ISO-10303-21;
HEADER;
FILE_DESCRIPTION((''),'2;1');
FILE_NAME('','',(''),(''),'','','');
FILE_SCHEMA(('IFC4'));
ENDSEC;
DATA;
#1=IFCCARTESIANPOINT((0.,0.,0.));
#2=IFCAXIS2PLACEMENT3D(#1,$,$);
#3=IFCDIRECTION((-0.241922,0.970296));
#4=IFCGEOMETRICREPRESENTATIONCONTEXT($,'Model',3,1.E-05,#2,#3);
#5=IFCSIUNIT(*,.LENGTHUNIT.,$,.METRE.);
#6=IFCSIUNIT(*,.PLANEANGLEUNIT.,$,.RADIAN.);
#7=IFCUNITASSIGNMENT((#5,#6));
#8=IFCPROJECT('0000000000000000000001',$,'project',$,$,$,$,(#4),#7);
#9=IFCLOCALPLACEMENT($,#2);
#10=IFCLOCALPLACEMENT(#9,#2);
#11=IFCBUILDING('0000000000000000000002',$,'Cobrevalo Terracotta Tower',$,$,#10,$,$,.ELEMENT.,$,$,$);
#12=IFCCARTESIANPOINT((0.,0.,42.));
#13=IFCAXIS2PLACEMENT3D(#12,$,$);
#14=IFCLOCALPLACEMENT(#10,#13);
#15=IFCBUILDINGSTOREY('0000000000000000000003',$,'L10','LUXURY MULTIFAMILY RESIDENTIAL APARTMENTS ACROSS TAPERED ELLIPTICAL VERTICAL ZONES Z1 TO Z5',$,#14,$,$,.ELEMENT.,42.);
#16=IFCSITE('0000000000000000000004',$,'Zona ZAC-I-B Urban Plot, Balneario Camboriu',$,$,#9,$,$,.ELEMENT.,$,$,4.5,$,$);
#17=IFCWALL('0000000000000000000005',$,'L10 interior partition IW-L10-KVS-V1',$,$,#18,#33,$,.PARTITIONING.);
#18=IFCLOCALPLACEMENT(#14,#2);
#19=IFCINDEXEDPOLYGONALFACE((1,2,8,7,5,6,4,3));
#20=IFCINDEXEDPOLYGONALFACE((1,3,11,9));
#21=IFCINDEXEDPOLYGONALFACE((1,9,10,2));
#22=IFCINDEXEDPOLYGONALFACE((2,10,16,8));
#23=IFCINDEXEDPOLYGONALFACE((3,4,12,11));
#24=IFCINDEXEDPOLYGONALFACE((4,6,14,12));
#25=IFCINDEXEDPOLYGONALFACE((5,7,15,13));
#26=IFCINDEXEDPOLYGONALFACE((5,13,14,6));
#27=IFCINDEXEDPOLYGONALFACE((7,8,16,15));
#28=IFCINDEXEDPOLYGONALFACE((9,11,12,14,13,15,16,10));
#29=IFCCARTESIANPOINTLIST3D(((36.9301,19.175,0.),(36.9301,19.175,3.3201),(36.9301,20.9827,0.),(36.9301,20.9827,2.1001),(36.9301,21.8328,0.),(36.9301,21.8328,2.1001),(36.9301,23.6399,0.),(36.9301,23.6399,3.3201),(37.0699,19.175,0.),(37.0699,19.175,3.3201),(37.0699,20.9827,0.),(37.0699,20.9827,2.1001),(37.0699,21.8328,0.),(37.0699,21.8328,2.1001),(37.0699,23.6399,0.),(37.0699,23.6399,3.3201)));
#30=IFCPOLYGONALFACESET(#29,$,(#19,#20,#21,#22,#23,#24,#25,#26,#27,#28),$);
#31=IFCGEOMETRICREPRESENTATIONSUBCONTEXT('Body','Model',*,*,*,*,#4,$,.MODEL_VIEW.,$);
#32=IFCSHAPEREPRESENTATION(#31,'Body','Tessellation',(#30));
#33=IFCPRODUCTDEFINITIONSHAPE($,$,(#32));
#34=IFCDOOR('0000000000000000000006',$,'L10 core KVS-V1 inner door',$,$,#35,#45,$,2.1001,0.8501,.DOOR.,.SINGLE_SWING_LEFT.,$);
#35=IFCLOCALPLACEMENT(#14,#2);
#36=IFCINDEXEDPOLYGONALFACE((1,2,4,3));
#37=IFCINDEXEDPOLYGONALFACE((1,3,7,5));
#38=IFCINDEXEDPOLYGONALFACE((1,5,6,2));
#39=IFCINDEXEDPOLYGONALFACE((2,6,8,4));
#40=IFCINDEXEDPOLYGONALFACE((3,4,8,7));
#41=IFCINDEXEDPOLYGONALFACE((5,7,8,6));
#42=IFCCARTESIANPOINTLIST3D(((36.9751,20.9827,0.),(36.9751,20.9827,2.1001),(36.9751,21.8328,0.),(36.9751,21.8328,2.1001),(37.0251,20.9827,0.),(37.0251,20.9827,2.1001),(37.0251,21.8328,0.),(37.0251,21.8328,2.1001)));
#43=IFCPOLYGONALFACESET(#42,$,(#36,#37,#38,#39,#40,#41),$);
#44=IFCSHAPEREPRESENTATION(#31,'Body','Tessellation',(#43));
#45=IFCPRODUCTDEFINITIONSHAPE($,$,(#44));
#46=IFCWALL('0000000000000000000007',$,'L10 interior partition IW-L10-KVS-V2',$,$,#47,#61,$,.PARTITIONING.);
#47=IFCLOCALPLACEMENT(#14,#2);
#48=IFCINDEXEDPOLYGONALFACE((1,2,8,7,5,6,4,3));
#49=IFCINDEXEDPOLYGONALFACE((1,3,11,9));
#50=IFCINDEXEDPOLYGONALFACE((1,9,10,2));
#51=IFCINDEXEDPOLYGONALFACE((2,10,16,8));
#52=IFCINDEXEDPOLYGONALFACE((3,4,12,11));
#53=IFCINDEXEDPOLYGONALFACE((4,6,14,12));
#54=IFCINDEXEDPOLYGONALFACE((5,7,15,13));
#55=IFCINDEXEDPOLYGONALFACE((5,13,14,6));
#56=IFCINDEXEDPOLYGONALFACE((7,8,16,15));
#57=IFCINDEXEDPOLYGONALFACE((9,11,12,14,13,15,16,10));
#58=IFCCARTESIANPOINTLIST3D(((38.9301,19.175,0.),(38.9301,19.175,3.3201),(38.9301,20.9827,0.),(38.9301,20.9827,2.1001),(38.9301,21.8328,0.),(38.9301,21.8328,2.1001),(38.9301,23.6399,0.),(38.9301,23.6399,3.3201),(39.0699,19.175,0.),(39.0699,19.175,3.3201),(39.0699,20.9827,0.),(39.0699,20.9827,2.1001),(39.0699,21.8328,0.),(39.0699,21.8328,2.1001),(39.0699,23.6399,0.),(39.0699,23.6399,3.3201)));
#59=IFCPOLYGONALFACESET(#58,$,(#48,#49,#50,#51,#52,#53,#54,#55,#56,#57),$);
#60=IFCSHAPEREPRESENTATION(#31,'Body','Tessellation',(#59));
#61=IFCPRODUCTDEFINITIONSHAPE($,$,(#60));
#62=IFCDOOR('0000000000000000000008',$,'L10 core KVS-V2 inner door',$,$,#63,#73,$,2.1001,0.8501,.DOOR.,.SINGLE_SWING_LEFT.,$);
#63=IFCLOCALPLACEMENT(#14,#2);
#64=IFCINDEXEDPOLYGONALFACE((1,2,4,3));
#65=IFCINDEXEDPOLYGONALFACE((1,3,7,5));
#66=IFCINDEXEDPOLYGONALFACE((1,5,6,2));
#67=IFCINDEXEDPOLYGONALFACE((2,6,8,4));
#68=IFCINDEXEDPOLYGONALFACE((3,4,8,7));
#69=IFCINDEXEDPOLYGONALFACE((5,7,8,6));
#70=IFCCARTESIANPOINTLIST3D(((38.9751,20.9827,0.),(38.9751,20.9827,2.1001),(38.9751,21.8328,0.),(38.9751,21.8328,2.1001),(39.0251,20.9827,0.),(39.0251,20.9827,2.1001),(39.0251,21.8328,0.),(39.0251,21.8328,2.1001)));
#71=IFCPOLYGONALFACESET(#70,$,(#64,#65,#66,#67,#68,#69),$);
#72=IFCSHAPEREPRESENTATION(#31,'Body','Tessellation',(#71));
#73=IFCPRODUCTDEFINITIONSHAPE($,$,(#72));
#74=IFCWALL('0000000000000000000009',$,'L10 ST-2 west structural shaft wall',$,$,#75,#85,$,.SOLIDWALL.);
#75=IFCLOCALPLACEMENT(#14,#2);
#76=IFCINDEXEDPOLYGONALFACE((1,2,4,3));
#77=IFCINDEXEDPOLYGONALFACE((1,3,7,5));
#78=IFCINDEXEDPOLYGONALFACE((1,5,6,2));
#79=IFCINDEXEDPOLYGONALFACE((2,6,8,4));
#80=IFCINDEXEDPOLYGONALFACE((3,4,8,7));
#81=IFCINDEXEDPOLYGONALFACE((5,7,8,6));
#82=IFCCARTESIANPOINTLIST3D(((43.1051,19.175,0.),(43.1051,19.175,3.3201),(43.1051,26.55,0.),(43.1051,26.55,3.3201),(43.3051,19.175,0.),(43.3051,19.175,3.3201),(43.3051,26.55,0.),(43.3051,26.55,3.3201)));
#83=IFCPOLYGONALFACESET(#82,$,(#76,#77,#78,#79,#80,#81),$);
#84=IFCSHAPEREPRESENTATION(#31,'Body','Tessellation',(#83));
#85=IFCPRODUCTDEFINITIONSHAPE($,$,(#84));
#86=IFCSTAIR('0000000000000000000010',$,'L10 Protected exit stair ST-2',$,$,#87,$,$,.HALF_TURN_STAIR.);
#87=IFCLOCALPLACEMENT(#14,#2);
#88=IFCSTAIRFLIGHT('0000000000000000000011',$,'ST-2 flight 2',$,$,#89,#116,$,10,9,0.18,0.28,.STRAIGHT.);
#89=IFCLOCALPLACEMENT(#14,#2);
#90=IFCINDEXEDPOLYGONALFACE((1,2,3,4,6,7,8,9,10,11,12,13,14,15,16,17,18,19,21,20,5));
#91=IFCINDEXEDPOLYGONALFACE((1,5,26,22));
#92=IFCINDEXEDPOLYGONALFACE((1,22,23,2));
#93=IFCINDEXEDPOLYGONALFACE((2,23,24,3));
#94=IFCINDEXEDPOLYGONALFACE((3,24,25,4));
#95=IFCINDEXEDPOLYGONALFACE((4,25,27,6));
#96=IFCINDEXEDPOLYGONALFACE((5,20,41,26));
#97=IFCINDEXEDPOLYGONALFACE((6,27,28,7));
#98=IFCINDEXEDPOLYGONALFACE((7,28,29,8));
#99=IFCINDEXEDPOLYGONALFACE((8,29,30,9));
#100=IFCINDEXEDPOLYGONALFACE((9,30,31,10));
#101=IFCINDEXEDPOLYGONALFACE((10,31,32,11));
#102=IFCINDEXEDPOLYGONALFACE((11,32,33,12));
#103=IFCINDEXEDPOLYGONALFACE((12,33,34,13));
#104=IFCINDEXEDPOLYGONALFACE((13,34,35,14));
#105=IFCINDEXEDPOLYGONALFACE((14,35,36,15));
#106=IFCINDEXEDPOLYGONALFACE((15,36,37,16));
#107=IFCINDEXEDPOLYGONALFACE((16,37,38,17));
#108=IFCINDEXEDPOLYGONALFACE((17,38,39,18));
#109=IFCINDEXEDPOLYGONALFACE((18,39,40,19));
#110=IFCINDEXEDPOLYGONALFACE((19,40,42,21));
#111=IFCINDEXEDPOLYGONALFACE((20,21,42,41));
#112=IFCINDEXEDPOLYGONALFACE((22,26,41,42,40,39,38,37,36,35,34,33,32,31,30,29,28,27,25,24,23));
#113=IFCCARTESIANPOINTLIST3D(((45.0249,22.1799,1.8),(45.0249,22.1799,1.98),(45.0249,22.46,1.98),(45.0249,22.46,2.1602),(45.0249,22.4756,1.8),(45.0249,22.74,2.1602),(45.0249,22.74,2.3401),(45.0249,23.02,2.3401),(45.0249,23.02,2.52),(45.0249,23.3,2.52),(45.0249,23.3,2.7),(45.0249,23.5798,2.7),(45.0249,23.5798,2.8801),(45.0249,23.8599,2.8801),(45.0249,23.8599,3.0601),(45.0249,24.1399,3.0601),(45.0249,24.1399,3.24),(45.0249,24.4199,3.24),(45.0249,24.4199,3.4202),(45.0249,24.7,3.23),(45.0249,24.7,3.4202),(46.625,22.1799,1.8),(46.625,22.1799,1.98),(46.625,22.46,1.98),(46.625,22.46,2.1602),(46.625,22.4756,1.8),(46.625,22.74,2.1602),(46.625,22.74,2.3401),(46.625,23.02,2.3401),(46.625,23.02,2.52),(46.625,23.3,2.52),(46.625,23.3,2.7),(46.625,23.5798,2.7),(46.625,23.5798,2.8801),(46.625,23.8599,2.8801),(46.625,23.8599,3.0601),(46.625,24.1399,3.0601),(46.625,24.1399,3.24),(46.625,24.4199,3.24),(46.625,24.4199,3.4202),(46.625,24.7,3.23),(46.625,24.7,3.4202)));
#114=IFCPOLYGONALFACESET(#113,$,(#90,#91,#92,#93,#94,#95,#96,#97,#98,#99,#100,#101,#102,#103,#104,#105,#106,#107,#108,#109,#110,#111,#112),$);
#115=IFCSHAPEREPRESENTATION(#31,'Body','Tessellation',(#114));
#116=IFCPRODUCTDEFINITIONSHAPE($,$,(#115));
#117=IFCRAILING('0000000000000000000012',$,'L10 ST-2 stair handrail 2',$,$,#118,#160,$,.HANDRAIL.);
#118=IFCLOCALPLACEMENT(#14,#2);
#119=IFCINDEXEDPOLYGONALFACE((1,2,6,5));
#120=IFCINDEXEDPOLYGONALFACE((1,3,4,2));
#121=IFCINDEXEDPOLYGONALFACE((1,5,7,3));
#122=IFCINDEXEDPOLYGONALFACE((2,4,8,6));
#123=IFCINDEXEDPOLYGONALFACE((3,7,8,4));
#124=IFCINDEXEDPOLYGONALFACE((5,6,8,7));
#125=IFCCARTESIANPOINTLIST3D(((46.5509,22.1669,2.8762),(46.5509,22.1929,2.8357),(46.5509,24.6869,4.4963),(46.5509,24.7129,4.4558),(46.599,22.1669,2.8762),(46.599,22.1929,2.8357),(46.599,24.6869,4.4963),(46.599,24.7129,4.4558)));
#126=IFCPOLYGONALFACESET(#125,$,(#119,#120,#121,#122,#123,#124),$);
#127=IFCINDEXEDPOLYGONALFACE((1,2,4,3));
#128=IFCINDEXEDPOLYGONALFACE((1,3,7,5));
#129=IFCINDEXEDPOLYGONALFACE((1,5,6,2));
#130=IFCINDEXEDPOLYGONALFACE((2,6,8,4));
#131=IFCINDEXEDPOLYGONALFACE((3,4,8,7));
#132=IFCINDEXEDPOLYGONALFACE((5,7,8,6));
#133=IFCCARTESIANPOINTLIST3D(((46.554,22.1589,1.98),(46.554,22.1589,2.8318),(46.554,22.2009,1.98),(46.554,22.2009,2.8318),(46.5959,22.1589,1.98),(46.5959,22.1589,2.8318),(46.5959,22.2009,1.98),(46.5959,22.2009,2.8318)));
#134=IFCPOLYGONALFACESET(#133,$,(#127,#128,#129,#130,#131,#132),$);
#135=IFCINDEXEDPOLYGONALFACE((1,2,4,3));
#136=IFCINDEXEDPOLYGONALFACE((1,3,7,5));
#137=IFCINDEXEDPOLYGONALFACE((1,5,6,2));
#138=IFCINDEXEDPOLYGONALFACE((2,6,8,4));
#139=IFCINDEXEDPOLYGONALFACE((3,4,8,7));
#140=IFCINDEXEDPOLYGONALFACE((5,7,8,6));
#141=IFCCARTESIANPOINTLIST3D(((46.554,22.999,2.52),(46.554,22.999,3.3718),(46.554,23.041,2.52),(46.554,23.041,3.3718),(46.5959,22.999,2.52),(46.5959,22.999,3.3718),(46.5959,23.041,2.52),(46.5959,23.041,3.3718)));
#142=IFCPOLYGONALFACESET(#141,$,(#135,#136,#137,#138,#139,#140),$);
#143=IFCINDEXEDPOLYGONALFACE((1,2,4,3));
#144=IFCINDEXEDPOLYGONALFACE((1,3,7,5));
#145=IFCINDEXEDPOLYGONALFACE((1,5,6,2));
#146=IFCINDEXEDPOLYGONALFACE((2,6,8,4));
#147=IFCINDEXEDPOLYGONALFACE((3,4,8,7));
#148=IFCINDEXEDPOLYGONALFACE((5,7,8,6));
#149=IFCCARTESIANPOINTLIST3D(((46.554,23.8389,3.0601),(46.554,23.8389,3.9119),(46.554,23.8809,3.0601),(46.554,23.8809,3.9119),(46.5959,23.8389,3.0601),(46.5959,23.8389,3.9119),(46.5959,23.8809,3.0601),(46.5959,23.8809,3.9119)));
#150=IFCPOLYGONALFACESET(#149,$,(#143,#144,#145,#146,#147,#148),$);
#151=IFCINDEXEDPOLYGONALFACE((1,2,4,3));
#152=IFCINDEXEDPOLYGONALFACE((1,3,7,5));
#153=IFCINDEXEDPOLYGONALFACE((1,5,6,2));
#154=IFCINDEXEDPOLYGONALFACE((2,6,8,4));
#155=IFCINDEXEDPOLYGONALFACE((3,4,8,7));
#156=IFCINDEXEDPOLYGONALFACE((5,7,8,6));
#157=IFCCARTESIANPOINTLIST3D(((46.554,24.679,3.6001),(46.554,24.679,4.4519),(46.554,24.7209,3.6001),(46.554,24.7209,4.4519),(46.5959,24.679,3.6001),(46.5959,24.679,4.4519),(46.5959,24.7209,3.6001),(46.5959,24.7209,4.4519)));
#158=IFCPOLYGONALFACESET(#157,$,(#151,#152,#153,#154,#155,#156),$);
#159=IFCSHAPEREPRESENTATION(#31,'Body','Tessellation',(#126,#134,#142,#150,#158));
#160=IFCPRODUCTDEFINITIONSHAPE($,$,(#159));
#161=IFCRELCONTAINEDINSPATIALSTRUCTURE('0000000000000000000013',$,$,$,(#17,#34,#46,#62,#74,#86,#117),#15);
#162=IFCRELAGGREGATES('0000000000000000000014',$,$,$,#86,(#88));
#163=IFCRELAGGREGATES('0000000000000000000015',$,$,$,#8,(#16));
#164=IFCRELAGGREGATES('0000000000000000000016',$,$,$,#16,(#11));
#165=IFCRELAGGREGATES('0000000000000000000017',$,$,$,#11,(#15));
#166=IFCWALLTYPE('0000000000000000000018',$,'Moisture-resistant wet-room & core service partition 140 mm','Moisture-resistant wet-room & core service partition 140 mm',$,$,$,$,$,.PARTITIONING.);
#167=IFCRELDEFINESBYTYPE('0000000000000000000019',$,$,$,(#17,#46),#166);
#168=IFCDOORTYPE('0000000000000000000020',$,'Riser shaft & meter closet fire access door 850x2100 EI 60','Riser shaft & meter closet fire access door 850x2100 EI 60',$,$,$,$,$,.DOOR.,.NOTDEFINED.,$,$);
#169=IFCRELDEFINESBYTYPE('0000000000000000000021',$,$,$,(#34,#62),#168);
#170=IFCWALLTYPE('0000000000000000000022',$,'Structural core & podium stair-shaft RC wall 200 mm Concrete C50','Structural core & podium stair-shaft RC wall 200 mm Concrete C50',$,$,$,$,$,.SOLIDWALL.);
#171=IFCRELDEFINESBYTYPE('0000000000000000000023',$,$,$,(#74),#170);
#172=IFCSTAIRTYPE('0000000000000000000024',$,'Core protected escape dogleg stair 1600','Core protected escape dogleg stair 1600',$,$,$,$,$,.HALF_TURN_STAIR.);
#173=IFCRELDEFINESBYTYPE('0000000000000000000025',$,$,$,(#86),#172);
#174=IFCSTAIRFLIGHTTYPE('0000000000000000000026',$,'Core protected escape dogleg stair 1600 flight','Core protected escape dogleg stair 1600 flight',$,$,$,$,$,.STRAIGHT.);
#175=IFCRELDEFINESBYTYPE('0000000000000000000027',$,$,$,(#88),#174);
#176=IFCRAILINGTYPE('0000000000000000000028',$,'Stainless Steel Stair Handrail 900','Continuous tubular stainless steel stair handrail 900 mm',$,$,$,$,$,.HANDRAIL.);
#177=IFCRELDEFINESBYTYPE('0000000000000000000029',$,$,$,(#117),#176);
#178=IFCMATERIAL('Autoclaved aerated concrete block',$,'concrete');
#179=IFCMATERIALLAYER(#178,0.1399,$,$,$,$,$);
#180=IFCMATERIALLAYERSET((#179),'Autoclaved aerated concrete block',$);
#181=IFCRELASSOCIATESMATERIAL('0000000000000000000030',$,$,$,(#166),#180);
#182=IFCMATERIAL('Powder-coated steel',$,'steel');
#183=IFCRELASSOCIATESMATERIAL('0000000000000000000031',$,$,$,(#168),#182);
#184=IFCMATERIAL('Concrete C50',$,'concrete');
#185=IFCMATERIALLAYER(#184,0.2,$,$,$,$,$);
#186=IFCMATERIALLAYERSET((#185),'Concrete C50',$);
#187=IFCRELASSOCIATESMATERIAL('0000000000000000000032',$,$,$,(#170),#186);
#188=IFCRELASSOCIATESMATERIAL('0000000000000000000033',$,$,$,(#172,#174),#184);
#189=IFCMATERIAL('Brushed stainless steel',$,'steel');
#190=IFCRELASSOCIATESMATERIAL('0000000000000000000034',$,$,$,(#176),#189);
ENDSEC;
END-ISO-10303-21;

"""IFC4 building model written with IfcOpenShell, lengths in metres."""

from ifc_helpers import new_model, si_unit, direction, frame, frame_2d, origin, origin_2d, place, context, subcontext, project, spatial, polyline, rectangle, outline, extrude, source, transform, mapped, material, layer, layer_set, type_object, element, fill, aggregate, save


model = new_model("IFC4")

# Units and contexts
model_context = context("Model", 3, precision=1e-05, world=origin(), true_north=direction((-0.241922, 0.970296)))
body_context = subcontext(model_context, "Body", "Model", "MODEL_VIEW")
ifc_project = project(units=[si_unit("LENGTHUNIT", "METRE"), si_unit("PLANEANGLEUNIT", "RADIAN")], contexts=[model_context])

# Site, building, storey
site_placement = place(None, origin())
site = spatial("IfcSite", under=ifc_project, at=site_placement, Name="Zona ZAC-I-B Urban Plot, Balneario Camboriu", CompositionType="ELEMENT", RefElevation=4.5)
building_placement = place(site_placement, origin())
building = spatial("IfcBuilding", under=site, at=building_placement, Name="Cobrevalo Terracotta Tower", CompositionType="ELEMENT")
storey_placement = place(building_placement, frame((0.0, 0.0, 42.0)))
storey = spatial("IfcBuildingStorey", under=building, at=storey_placement, Name="L10", Description="LUXURY MULTIFAMILY RESIDENTIAL APARTMENTS ACROSS TAPERED ELLIPTICAL VERTICAL ZONES Z1 TO Z5", CompositionType="ELEMENT", Elevation=42.0)

# Shared definitions
ifc_material_1 = material(Name="Autoclaved aerated concrete block", Category="concrete")

# Shared definitions
ifc_layer_1 = layer(ifc_material_1, 0.1399)
ifc_layer_set_1 = layer_set([ifc_layer_1], Name="Autoclaved aerated concrete block")
wall_type_1 = type_object("IfcWallType", Name="Moisture-resistant wet-room & core service partition 140 mm", Description="Moisture-resistant wet-room & core service partition 140 mm", PredefinedType="PARTITIONING", material=ifc_layer_set_1)

# Walls, openings, doors
wall_1_placement = place(storey_placement, frame((37.0, 19.175, 0.0), z_axis=(0.0, 0.0, 1.0), x_axis=(0.0, 1.0, 0.0)))
wall_1 = element("IfcWall", 1, at=wall_1_placement, inside=storey, type_object=wall_type_1, Name="L10 interior partition IW-L10-KVS-V1", PredefinedType="PARTITIONING", context=body_context, shape_type="SweptSolid", body=[
    extrude(rectangle(XDim=4.4648, YDim=0.1399, at=frame_2d((2.2324, 0.0))), origin(), (0.0, 0.0, 1.0), 3.3201),
])
opening_1_placement = place(wall_1_placement, frame((1.8076, 0.0, 0.0)))
opening_1 = element("IfcOpeningElement", 2, at=opening_1_placement, cuts=wall_1, PredefinedType="OPENING", context=body_context, shape_type="SweptSolid", body=[
    extrude(rectangle(XDim=0.8501, YDim=2.1001, at=frame_2d((0.425, 1.05))), frame((0.0, 0.0801, 0.0), z_axis=(0.0, -1.0, 0.0), x_axis=(1.0, 0.0, 0.0)), (0.0, 0.0, 1.0), 0.1599),
])
ifc_material_2 = material(Name="Powder-coated steel", Category="steel")
door_type_1 = type_object("IfcDoorType", Name="Riser shaft & meter closet fire access door 850x2100 EI 60", Description="Riser shaft & meter closet fire access door 850x2100 EI 60", OperationType="NOTDEFINED", PredefinedType="DOOR", material=ifc_material_2)
shared_shape_1 = source(origin(), body_context, "Body", "SweptSolid", [
    extrude(rectangle(XDim=0.8501, YDim=2.1001, at=frame_2d((0.425, 1.05))), frame((0.0, 0.0249, 0.0), z_axis=(0.0, -1.0, 0.0), x_axis=(1.0, 0.0, 0.0)), (0.0, 0.0, 1.0), 0.05),
])
door_1_placement = place(opening_1_placement, origin())
door_1 = element("IfcDoor", 3, at=door_1_placement, inside=storey, type_object=door_type_1, Name="L10 core KVS-V1 inner door", OperationType="SINGLE_SWING_LEFT", OverallHeight=2.1001, OverallWidth=0.8501, PredefinedType="DOOR", context=body_context, shape_type="MappedRepresentation", body=[
    mapped(shared_shape_1, transform((0.0, 0.0, 0.0), scale=1.0)),
])
fill(opening_1, door_1)
wall_2_placement = place(storey_placement, frame((39.0, 19.175, 0.0), z_axis=(0.0, 0.0, 1.0), x_axis=(0.0, 1.0, 0.0)))
wall_2 = element("IfcWall", 4, at=wall_2_placement, inside=storey, type_object=wall_type_1, Name="L10 interior partition IW-L10-KVS-V2", PredefinedType="PARTITIONING", context=body_context, shape_type="SweptSolid", body=[
    extrude(rectangle(XDim=4.4648, YDim=0.1399, at=frame_2d((2.2324, 0.0))), origin(), (0.0, 0.0, 1.0), 3.3201),
])
opening_2_placement = place(wall_2_placement, frame((1.8076, 0.0, 0.0)))
opening_2 = element("IfcOpeningElement", 5, at=opening_2_placement, cuts=wall_2, PredefinedType="OPENING", context=body_context, shape_type="SweptSolid", body=[
    extrude(rectangle(XDim=0.8501, YDim=2.1001, at=frame_2d((0.425, 1.05))), frame((0.0, 0.0801, 0.0), z_axis=(0.0, -1.0, 0.0), x_axis=(1.0, 0.0, 0.0)), (0.0, 0.0, 1.0), 0.1599),
])
door_2_placement = place(opening_2_placement, origin())
door_2 = element("IfcDoor", 6, at=door_2_placement, inside=storey, type_object=door_type_1, Name="L10 core KVS-V2 inner door", OperationType="SINGLE_SWING_LEFT", OverallHeight=2.1001, OverallWidth=0.8501, PredefinedType="DOOR", context=body_context, shape_type="MappedRepresentation", body=[
    mapped(shared_shape_1, transform((0.0, 0.0, 0.0), scale=1.0)),
])
fill(opening_2, door_2)

# Wall
ifc_material_3 = material(Name="Concrete C50", Category="concrete")
ifc_layer_2 = layer(ifc_material_3, 0.2)
ifc_layer_set_2 = layer_set([ifc_layer_2], Name="Concrete C50")
wall_type_2 = type_object("IfcWallType", Name="Structural core & podium stair-shaft RC wall 200 mm Concrete C50", Description="Structural core & podium stair-shaft RC wall 200 mm Concrete C50", PredefinedType="SOLIDWALL", material=ifc_layer_set_2)
wall_3_placement = place(storey_placement, frame((43.2051, 19.175, 0.0), z_axis=(0.0, 0.0, 1.0), x_axis=(0.0, 1.0, 0.0)))
element("IfcWall", 7, at=wall_3_placement, inside=storey, type_object=wall_type_2, Name="L10 ST-2 west structural shaft wall", PredefinedType="SOLIDWALL", context=body_context, shape_type="SweptSolid", body=[
    extrude(rectangle(XDim=7.375, YDim=0.2, at=frame_2d((3.6875, 0.0))), origin(), (0.0, 0.0, 1.0), 3.3201),
])

# Stair, stair flight
stair_type = type_object("IfcStairType", Name="Core protected escape dogleg stair 1600", Description="Core protected escape dogleg stair 1600", PredefinedType="HALF_TURN_STAIR", material=ifc_material_3)
stair_placement = place(storey_placement, origin())
stair = element("IfcStair", 8, at=stair_placement, inside=storey, type_object=stair_type, Name="L10 Protected exit stair ST-2", PredefinedType="HALF_TURN_STAIR")
stair_flight_type = type_object("IfcStairFlightType", Name="Core protected escape dogleg stair 1600 flight", Description="Core protected escape dogleg stair 1600 flight", PredefinedType="STRAIGHT", material=ifc_material_3)
stair_flight_placement = place(storey_placement, frame((45.825, 22.1799, 1.8), z_axis=(0.0, 0.0, 1.0), x_axis=(0.0, 1.0, 0.0)))
stair_flight = element("IfcStairFlight", 9, at=stair_flight_placement, type_object=stair_flight_type, Name="ST-2 flight 2", NumberOfRisers=10, NumberOfTreads=9, PredefinedType="STRAIGHT", RiserHeight=0.18, TreadLength=0.28, context=body_context, shape_type="SweptSolid", body=[
    extrude(outline(polyline([(0.0, 0.0), (0.0, 0.1799), (0.28, 0.1799), (0.28, 0.3601), (0.5601, 0.3601), (0.5601, 0.54), (0.8401, 0.54), (0.8401, 0.72), (1.1201, 0.72), (1.1201, 0.8999), (1.3999, 0.8999), (1.3999, 1.0801), (1.6799, 1.0801), (1.6799, 1.26), (1.96, 1.26), (1.96, 1.4399), (2.24, 1.4399), (2.24, 1.6201), (2.52, 1.6201), (2.52, 1.8), (2.52, 1.4299), (0.2957, 0.0), (0.0, 0.0)])), frame((0.0, 0.8, 0.0), z_axis=(0.0, -1.0, 0.0), x_axis=(1.0, 0.0, 0.0)), (0.0, 0.0, 1.0), 1.6001),
])
aggregate(stair, [stair_flight])

# Railing
ifc_material_4 = material(Name="Brushed stainless steel", Category="steel")
railing_type_1 = type_object("IfcRailingType", Name="Stainless Steel Stair Handrail 900", Description="Continuous tubular stainless steel stair handrail 900 mm", PredefinedType="HANDRAIL", material=ifc_material_4)
railing_1_placement = place(storey_placement, frame((46.575, 22.1799, 1.98)))
element("IfcRailing", 10, at=railing_1_placement, inside=storey, type_object=railing_type_1, Name="L10 ST-2 stair handrail 2", PredefinedType="HANDRAIL", context=body_context, shape_type="SweptSolid", body=[
    extrude(rectangle(XDim=0.0481, YDim=0.0481, at=origin_2d()), frame((0.0, 0.0, 0.876), z_axis=(0.0, 0.841163, 0.540782), x_axis=(-1.0, 0.0, 0.0)), (0.0, 0.0, 1.0), 2.9958),
    extrude(rectangle(XDim=0.042, YDim=0.042, at=origin_2d()), origin(), (0.0, 0.0, 1.0), 0.8518),
    extrude(rectangle(XDim=0.042, YDim=0.042, at=origin_2d()), frame((0.0, 0.8401, 0.54)), (0.0, 0.0, 1.0), 0.8518),
    extrude(rectangle(XDim=0.042, YDim=0.042, at=origin_2d()), frame((0.0, 1.6799, 1.0801)), (0.0, 0.0, 1.0), 0.8518),
    extrude(rectangle(XDim=0.042, YDim=0.042, at=origin_2d()), frame((0.0, 2.52, 1.6201)), (0.0, 0.0, 1.0), 0.8518),
])

save(model, "model.ifc")
